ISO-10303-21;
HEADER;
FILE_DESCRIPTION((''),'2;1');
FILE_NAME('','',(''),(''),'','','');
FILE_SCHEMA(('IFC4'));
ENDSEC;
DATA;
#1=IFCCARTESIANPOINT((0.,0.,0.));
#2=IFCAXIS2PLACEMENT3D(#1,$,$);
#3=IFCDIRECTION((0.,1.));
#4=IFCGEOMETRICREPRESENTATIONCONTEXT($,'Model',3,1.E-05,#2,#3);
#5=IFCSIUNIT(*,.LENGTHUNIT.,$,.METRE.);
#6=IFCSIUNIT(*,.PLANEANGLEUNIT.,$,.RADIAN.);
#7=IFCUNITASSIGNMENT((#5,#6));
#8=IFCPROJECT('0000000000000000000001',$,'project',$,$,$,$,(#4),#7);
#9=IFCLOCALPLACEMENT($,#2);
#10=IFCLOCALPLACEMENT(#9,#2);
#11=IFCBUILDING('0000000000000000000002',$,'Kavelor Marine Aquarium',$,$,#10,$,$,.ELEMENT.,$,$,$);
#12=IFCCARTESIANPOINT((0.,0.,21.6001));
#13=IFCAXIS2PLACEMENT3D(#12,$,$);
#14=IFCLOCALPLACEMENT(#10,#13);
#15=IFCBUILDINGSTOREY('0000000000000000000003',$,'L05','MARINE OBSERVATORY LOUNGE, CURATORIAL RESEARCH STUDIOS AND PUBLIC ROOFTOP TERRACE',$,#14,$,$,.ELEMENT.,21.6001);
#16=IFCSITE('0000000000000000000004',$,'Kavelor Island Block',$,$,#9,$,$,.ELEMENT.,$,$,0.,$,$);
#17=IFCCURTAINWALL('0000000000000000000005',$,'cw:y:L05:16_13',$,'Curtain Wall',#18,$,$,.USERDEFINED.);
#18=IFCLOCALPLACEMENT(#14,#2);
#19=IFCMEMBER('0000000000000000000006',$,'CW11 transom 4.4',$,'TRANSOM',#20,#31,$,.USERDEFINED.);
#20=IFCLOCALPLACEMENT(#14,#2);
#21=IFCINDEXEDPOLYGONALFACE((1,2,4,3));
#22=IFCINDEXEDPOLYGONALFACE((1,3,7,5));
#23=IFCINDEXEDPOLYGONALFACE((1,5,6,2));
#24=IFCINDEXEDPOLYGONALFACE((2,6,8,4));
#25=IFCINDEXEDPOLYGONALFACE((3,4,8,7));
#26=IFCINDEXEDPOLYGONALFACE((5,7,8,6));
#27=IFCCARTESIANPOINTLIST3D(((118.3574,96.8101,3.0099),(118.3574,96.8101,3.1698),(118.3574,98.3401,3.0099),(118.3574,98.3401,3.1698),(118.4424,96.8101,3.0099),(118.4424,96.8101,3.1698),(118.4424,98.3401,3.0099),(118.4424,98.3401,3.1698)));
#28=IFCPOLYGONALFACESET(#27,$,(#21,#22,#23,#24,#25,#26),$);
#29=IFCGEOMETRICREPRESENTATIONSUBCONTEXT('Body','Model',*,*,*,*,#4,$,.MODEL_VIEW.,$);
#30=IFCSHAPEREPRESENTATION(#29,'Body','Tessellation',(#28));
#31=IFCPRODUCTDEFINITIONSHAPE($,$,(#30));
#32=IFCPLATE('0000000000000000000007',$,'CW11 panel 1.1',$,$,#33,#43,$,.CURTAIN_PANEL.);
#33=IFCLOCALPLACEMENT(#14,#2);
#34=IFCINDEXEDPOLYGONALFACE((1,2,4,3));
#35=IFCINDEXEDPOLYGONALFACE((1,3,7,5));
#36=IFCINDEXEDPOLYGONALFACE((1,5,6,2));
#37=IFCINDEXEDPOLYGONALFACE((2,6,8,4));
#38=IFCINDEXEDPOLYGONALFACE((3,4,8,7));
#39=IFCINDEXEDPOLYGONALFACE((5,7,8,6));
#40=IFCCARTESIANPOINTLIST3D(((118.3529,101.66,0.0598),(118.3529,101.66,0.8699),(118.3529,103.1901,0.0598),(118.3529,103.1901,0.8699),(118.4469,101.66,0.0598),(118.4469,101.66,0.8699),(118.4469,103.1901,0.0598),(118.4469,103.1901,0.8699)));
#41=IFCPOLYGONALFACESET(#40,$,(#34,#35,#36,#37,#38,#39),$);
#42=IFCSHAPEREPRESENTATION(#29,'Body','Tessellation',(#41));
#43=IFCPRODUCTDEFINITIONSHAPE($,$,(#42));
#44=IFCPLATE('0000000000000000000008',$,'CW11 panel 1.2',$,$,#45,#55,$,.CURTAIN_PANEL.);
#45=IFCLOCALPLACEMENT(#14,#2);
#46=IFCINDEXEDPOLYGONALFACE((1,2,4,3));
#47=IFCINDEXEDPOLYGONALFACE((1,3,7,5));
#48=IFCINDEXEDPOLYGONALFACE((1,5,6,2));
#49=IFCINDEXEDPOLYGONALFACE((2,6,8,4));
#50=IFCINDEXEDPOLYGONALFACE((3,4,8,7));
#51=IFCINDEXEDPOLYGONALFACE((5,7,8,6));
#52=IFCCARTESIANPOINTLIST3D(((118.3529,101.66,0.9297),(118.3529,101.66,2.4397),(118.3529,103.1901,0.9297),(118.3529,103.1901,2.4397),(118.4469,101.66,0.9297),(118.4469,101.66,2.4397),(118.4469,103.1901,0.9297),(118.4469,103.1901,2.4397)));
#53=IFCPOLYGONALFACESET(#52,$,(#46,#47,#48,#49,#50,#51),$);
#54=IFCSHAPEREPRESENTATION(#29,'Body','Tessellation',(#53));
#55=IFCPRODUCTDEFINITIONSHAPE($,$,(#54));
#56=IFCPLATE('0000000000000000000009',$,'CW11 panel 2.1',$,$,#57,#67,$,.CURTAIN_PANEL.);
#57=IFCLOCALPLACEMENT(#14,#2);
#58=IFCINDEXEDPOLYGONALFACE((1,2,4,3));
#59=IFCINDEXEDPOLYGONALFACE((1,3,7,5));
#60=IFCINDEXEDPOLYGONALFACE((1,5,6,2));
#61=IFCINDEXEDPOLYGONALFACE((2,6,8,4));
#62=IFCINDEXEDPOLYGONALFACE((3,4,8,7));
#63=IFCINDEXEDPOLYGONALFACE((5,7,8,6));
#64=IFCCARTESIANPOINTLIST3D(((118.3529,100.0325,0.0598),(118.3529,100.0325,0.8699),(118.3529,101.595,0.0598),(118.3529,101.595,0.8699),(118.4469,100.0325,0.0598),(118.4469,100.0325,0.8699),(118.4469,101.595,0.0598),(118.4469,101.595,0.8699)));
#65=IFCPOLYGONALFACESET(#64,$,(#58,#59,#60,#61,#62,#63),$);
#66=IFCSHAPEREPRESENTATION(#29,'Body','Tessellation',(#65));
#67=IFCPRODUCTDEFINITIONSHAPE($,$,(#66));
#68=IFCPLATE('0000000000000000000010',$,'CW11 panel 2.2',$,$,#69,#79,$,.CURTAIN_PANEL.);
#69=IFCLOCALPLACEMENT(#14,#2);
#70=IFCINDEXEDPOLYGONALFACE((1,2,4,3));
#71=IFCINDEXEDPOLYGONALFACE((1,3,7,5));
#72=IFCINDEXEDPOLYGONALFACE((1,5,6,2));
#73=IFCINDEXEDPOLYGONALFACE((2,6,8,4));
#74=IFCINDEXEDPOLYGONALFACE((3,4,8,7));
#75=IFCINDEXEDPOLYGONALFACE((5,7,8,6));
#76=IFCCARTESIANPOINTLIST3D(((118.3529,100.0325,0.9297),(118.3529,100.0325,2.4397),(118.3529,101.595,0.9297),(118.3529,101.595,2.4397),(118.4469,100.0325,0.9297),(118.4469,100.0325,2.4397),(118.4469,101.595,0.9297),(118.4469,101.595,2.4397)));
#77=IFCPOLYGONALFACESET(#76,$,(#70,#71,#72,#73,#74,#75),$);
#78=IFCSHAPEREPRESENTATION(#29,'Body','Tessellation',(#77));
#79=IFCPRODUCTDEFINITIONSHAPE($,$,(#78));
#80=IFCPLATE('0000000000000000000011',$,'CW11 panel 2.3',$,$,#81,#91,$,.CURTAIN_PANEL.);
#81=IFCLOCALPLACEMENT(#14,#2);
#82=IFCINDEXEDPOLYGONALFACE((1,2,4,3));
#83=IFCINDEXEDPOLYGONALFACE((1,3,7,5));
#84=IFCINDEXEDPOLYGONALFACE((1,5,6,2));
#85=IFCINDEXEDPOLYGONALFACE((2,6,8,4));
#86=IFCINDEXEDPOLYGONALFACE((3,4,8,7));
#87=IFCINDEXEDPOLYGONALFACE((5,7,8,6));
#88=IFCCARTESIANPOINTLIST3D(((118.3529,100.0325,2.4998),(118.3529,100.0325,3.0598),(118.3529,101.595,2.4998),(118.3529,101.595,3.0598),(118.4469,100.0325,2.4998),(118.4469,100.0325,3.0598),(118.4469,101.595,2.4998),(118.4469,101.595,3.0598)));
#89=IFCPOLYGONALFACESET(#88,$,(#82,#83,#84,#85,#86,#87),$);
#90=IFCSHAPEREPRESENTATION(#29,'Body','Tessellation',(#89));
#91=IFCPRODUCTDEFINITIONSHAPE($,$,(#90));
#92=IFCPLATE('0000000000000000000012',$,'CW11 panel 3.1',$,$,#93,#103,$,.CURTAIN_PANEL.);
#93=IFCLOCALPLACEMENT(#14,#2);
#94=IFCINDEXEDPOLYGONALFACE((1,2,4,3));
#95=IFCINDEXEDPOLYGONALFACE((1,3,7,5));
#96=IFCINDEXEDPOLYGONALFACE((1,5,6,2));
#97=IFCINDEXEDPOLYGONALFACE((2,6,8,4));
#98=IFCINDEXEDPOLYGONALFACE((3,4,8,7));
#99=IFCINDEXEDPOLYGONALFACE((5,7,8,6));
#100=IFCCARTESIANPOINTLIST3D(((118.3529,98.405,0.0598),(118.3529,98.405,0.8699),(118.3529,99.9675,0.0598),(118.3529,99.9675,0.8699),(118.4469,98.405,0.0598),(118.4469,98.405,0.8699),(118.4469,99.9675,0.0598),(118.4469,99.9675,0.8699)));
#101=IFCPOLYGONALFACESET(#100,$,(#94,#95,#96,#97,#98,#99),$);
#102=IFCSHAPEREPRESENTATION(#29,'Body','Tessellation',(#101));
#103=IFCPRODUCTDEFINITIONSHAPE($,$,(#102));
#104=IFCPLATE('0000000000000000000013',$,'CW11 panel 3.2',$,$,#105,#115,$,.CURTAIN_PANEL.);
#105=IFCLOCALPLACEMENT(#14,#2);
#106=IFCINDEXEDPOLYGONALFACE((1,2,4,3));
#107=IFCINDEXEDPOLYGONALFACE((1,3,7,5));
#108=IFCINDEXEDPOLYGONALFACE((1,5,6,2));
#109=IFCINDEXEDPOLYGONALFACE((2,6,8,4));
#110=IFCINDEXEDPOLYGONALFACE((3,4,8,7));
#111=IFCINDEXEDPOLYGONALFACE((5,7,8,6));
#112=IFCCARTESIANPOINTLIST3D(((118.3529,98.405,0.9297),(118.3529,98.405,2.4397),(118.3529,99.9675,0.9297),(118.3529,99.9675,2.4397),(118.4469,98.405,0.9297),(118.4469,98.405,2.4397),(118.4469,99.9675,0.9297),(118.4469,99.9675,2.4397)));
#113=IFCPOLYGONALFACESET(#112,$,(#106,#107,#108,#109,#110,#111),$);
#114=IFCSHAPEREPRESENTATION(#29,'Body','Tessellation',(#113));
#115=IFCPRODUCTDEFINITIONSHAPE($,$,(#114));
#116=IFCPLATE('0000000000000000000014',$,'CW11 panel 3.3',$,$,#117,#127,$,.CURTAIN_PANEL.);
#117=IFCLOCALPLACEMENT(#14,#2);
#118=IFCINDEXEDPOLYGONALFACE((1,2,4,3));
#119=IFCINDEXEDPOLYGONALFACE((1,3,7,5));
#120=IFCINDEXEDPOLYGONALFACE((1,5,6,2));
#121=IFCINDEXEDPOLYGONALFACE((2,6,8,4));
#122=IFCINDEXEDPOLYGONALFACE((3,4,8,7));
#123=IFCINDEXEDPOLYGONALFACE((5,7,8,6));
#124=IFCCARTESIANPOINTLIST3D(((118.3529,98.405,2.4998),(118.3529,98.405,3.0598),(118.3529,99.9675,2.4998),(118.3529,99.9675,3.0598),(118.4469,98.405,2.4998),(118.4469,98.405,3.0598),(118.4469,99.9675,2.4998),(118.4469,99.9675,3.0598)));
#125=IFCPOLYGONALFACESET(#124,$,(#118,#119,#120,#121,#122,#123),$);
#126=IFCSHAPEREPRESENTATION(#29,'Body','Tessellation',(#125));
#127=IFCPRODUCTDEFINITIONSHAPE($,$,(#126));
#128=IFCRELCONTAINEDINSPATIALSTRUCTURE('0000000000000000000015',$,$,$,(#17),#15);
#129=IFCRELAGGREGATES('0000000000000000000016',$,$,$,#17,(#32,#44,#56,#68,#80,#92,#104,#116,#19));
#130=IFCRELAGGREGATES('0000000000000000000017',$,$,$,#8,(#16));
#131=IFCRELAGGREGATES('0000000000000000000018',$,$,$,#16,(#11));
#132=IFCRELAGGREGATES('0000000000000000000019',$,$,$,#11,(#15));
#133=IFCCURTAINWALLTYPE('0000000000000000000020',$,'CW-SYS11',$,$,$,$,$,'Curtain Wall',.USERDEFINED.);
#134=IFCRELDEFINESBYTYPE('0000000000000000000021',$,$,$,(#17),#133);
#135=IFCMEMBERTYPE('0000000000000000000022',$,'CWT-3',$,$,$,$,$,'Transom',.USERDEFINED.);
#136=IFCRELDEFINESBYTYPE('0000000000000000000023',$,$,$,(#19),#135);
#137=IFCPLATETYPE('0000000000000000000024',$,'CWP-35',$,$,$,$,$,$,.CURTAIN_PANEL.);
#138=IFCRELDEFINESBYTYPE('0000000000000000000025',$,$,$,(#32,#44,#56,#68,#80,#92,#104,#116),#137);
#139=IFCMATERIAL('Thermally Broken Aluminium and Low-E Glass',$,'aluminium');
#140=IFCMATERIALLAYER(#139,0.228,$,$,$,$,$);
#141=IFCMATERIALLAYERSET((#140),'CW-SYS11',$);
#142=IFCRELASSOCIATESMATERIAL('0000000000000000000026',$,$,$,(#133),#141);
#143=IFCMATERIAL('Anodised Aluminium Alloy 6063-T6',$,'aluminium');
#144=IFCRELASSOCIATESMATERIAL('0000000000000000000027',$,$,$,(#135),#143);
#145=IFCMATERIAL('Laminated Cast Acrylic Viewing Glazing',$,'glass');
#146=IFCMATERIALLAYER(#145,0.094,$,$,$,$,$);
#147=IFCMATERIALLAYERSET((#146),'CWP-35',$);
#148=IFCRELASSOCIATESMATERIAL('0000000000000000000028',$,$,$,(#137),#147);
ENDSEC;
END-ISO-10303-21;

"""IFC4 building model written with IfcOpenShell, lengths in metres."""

from ifc_helpers import new_model, si_unit, direction, frame, origin, origin_2d, place, context, subcontext, project, spatial, rectangle, extrude, material, layer, layer_set, material_profile, profile_set, type_object, element, aggregate, save


model = new_model("IFC4")

# Units and contexts
model_context = context("Model", 3, precision=1e-05, world=origin(), true_north=direction((0.0, 1.0)))
body_context = subcontext(model_context, "Body", "Model", "MODEL_VIEW")
ifc_project = project(units=[si_unit("LENGTHUNIT", "METRE"), si_unit("PLANEANGLEUNIT", "RADIAN")], contexts=[model_context])

# Site, building, storey
site_placement = place(None, origin())
site = spatial("IfcSite", under=ifc_project, at=site_placement, Name="Kavelor Island Block", CompositionType="ELEMENT", RefElevation=0.0)
building_placement = place(site_placement, origin())
building = spatial("IfcBuilding", under=site, at=building_placement, Name="Kavelor Marine Aquarium", CompositionType="ELEMENT")
storey_placement = place(building_placement, frame((0.0, 0.0, 21.6001)))
storey = spatial("IfcBuildingStorey", under=building, at=storey_placement, Name="L05", Description="MARINE OBSERVATORY LOUNGE, CURATORIAL RESEARCH STUDIOS AND PUBLIC ROOFTOP TERRACE", CompositionType="ELEMENT", Elevation=21.6001)

# Curtain wall, member, plates
ifc_material_1 = material(Name="Thermally Broken Aluminium and Low-E Glass", Category="aluminium")
ifc_layer_1 = layer(ifc_material_1, 0.228)
ifc_layer_set_1 = layer_set([ifc_layer_1], Name="CW-SYS11")
curtain_wall_type = type_object("IfcCurtainWallType", Name="CW-SYS11", ElementType="Curtain Wall", PredefinedType="USERDEFINED", material=ifc_layer_set_1)
curtain_wall_placement = place(storey_placement, origin())
curtain_wall = element("IfcCurtainWall", 1, at=curtain_wall_placement, inside=storey, type_object=curtain_wall_type, Name="cw:y:L05:16_13", ObjectType="Curtain Wall", PredefinedType="USERDEFINED")
ifc_material_2 = material(Name="Anodised Aluminium Alloy 6063-T6", Category="aluminium")
ifc_material_profile_1 = material_profile(ifc_material_2, rectangle(XDim=0.085, YDim=0.1599, at=origin_2d()), Name="CW-TRN 85x160")
ifc_profile_set_1 = profile_set([ifc_material_profile_1], Name="Anodised Aluminium Alloy 6063-T6")
member_type_1 = type_object("IfcMemberType", Name="CWT-3", ElementType="Transom", PredefinedType="USERDEFINED", material=ifc_profile_set_1)
member_1_placement = place(storey_placement, frame((118.3999, 98.3401, 3.0898), z_axis=(0.0, -1.0, 0.0), x_axis=(1.0, 0.0, 0.0)))
member_1 = element("IfcMember", 2, at=member_1_placement, type_object=member_type_1, Name="CW11 transom 4.4", ObjectType="TRANSOM", PredefinedType="USERDEFINED", context=body_context, shape_type="SweptSolid", body=[
    extrude(rectangle(XDim=0.085, YDim=0.1599, at=origin_2d()), origin(), (0.0, 0.0, 1.0), 1.53),
])
ifc_material_3 = material(Name="Laminated Cast Acrylic Viewing Glazing", Category="glass")
ifc_layer_2 = layer(ifc_material_3, 0.094)
ifc_layer_set_2 = layer_set([ifc_layer_2], Name="CWP-35")
plate_type = type_object("IfcPlateType", Name="CWP-35", PredefinedType="CURTAIN_PANEL", material=ifc_layer_set_2)
plate_1_placement = place(storey_placement, frame((118.3999, 102.425, 0.0598), z_axis=(0.0, 0.0, 1.0), x_axis=(0.0, -1.0, 0.0)))
plate_1 = element("IfcPlate", 3, at=plate_1_placement, type_object=plate_type, Name="CW11 panel 1.1", PredefinedType="CURTAIN_PANEL", context=body_context, shape_type="SweptSolid", body=[
    extrude(rectangle(XDim=1.53, YDim=0.094, at=origin_2d()), origin(), (0.0, 0.0, 1.0), 0.8101),
])
plate_2_placement = place(storey_placement, frame((118.3999, 102.425, 0.9297), z_axis=(0.0, 0.0, 1.0), x_axis=(0.0, -1.0, 0.0)))
plate_2 = element("IfcPlate", 4, at=plate_2_placement, type_object=plate_type, Name="CW11 panel 1.2", PredefinedType="CURTAIN_PANEL", context=body_context, shape_type="SweptSolid", body=[
    extrude(rectangle(XDim=1.53, YDim=0.094, at=origin_2d()), origin(), (0.0, 0.0, 1.0), 1.51),
])
plate_3_placement = place(storey_placement, frame((118.3999, 100.8137, 0.0598), z_axis=(0.0, 0.0, 1.0), x_axis=(0.0, -1.0, 0.0)))
plate_3 = element("IfcPlate", 5, at=plate_3_placement, type_object=plate_type, Name="CW11 panel 2.1", PredefinedType="CURTAIN_PANEL", context=body_context, shape_type="SweptSolid", body=[
    extrude(rectangle(XDim=1.5625, YDim=0.094, at=origin_2d()), origin(), (0.0, 0.0, 1.0), 0.8101),
])
plate_4_placement = place(storey_placement, frame((118.3999, 100.8137, 0.9297), z_axis=(0.0, 0.0, 1.0), x_axis=(0.0, -1.0, 0.0)))
plate_4 = element("IfcPlate", 6, at=plate_4_placement, type_object=plate_type, Name="CW11 panel 2.2", PredefinedType="CURTAIN_PANEL", context=body_context, shape_type="SweptSolid", body=[
    extrude(rectangle(XDim=1.5625, YDim=0.094, at=origin_2d()), origin(), (0.0, 0.0, 1.0), 1.51),
])
plate_5_placement = place(storey_placement, frame((118.3999, 100.8137, 2.4998), z_axis=(0.0, 0.0, 1.0), x_axis=(0.0, -1.0, 0.0)))
plate_5 = element("IfcPlate", 7, at=plate_5_placement, type_object=plate_type, Name="CW11 panel 2.3", PredefinedType="CURTAIN_PANEL", context=body_context, shape_type="SweptSolid", body=[
    extrude(rectangle(XDim=1.5625, YDim=0.094, at=origin_2d()), origin(), (0.0, 0.0, 1.0), 0.5601),
])
plate_6_placement = place(storey_placement, frame((118.3999, 99.1863, 0.0598), z_axis=(0.0, 0.0, 1.0), x_axis=(0.0, -1.0, 0.0)))
plate_6 = element("IfcPlate", 8, at=plate_6_placement, type_object=plate_type, Name="CW11 panel 3.1", PredefinedType="CURTAIN_PANEL", context=body_context, shape_type="SweptSolid", body=[
    extrude(rectangle(XDim=1.5625, YDim=0.094, at=origin_2d()), origin(), (0.0, 0.0, 1.0), 0.8101),
])
plate_7_placement = place(storey_placement, frame((118.3999, 99.1863, 0.9297), z_axis=(0.0, 0.0, 1.0), x_axis=(0.0, -1.0, 0.0)))
plate_7 = element("IfcPlate", 9, at=plate_7_placement, type_object=plate_type, Name="CW11 panel 3.2", PredefinedType="CURTAIN_PANEL", context=body_context, shape_type="SweptSolid", body=[
    extrude(rectangle(XDim=1.5625, YDim=0.094, at=origin_2d()), origin(), (0.0, 0.0, 1.0), 1.51),
])
plate_8_placement = place(storey_placement, frame((118.3999, 99.1863, 2.4998), z_axis=(0.0, 0.0, 1.0), x_axis=(0.0, -1.0, 0.0)))
plate_8 = element("IfcPlate", 10, at=plate_8_placement, type_object=plate_type, Name="CW11 panel 3.3", PredefinedType="CURTAIN_PANEL", context=body_context, shape_type="SweptSolid", body=[
    extrude(rectangle(XDim=1.5625, YDim=0.094, at=origin_2d()), origin(), (0.0, 0.0, 1.0), 0.5601),
])
aggregate(curtain_wall, [plate_1, plate_2, plate_3, plate_4, plate_5, plate_6, plate_7, plate_8, member_1])

save(model, "model.ifc")
